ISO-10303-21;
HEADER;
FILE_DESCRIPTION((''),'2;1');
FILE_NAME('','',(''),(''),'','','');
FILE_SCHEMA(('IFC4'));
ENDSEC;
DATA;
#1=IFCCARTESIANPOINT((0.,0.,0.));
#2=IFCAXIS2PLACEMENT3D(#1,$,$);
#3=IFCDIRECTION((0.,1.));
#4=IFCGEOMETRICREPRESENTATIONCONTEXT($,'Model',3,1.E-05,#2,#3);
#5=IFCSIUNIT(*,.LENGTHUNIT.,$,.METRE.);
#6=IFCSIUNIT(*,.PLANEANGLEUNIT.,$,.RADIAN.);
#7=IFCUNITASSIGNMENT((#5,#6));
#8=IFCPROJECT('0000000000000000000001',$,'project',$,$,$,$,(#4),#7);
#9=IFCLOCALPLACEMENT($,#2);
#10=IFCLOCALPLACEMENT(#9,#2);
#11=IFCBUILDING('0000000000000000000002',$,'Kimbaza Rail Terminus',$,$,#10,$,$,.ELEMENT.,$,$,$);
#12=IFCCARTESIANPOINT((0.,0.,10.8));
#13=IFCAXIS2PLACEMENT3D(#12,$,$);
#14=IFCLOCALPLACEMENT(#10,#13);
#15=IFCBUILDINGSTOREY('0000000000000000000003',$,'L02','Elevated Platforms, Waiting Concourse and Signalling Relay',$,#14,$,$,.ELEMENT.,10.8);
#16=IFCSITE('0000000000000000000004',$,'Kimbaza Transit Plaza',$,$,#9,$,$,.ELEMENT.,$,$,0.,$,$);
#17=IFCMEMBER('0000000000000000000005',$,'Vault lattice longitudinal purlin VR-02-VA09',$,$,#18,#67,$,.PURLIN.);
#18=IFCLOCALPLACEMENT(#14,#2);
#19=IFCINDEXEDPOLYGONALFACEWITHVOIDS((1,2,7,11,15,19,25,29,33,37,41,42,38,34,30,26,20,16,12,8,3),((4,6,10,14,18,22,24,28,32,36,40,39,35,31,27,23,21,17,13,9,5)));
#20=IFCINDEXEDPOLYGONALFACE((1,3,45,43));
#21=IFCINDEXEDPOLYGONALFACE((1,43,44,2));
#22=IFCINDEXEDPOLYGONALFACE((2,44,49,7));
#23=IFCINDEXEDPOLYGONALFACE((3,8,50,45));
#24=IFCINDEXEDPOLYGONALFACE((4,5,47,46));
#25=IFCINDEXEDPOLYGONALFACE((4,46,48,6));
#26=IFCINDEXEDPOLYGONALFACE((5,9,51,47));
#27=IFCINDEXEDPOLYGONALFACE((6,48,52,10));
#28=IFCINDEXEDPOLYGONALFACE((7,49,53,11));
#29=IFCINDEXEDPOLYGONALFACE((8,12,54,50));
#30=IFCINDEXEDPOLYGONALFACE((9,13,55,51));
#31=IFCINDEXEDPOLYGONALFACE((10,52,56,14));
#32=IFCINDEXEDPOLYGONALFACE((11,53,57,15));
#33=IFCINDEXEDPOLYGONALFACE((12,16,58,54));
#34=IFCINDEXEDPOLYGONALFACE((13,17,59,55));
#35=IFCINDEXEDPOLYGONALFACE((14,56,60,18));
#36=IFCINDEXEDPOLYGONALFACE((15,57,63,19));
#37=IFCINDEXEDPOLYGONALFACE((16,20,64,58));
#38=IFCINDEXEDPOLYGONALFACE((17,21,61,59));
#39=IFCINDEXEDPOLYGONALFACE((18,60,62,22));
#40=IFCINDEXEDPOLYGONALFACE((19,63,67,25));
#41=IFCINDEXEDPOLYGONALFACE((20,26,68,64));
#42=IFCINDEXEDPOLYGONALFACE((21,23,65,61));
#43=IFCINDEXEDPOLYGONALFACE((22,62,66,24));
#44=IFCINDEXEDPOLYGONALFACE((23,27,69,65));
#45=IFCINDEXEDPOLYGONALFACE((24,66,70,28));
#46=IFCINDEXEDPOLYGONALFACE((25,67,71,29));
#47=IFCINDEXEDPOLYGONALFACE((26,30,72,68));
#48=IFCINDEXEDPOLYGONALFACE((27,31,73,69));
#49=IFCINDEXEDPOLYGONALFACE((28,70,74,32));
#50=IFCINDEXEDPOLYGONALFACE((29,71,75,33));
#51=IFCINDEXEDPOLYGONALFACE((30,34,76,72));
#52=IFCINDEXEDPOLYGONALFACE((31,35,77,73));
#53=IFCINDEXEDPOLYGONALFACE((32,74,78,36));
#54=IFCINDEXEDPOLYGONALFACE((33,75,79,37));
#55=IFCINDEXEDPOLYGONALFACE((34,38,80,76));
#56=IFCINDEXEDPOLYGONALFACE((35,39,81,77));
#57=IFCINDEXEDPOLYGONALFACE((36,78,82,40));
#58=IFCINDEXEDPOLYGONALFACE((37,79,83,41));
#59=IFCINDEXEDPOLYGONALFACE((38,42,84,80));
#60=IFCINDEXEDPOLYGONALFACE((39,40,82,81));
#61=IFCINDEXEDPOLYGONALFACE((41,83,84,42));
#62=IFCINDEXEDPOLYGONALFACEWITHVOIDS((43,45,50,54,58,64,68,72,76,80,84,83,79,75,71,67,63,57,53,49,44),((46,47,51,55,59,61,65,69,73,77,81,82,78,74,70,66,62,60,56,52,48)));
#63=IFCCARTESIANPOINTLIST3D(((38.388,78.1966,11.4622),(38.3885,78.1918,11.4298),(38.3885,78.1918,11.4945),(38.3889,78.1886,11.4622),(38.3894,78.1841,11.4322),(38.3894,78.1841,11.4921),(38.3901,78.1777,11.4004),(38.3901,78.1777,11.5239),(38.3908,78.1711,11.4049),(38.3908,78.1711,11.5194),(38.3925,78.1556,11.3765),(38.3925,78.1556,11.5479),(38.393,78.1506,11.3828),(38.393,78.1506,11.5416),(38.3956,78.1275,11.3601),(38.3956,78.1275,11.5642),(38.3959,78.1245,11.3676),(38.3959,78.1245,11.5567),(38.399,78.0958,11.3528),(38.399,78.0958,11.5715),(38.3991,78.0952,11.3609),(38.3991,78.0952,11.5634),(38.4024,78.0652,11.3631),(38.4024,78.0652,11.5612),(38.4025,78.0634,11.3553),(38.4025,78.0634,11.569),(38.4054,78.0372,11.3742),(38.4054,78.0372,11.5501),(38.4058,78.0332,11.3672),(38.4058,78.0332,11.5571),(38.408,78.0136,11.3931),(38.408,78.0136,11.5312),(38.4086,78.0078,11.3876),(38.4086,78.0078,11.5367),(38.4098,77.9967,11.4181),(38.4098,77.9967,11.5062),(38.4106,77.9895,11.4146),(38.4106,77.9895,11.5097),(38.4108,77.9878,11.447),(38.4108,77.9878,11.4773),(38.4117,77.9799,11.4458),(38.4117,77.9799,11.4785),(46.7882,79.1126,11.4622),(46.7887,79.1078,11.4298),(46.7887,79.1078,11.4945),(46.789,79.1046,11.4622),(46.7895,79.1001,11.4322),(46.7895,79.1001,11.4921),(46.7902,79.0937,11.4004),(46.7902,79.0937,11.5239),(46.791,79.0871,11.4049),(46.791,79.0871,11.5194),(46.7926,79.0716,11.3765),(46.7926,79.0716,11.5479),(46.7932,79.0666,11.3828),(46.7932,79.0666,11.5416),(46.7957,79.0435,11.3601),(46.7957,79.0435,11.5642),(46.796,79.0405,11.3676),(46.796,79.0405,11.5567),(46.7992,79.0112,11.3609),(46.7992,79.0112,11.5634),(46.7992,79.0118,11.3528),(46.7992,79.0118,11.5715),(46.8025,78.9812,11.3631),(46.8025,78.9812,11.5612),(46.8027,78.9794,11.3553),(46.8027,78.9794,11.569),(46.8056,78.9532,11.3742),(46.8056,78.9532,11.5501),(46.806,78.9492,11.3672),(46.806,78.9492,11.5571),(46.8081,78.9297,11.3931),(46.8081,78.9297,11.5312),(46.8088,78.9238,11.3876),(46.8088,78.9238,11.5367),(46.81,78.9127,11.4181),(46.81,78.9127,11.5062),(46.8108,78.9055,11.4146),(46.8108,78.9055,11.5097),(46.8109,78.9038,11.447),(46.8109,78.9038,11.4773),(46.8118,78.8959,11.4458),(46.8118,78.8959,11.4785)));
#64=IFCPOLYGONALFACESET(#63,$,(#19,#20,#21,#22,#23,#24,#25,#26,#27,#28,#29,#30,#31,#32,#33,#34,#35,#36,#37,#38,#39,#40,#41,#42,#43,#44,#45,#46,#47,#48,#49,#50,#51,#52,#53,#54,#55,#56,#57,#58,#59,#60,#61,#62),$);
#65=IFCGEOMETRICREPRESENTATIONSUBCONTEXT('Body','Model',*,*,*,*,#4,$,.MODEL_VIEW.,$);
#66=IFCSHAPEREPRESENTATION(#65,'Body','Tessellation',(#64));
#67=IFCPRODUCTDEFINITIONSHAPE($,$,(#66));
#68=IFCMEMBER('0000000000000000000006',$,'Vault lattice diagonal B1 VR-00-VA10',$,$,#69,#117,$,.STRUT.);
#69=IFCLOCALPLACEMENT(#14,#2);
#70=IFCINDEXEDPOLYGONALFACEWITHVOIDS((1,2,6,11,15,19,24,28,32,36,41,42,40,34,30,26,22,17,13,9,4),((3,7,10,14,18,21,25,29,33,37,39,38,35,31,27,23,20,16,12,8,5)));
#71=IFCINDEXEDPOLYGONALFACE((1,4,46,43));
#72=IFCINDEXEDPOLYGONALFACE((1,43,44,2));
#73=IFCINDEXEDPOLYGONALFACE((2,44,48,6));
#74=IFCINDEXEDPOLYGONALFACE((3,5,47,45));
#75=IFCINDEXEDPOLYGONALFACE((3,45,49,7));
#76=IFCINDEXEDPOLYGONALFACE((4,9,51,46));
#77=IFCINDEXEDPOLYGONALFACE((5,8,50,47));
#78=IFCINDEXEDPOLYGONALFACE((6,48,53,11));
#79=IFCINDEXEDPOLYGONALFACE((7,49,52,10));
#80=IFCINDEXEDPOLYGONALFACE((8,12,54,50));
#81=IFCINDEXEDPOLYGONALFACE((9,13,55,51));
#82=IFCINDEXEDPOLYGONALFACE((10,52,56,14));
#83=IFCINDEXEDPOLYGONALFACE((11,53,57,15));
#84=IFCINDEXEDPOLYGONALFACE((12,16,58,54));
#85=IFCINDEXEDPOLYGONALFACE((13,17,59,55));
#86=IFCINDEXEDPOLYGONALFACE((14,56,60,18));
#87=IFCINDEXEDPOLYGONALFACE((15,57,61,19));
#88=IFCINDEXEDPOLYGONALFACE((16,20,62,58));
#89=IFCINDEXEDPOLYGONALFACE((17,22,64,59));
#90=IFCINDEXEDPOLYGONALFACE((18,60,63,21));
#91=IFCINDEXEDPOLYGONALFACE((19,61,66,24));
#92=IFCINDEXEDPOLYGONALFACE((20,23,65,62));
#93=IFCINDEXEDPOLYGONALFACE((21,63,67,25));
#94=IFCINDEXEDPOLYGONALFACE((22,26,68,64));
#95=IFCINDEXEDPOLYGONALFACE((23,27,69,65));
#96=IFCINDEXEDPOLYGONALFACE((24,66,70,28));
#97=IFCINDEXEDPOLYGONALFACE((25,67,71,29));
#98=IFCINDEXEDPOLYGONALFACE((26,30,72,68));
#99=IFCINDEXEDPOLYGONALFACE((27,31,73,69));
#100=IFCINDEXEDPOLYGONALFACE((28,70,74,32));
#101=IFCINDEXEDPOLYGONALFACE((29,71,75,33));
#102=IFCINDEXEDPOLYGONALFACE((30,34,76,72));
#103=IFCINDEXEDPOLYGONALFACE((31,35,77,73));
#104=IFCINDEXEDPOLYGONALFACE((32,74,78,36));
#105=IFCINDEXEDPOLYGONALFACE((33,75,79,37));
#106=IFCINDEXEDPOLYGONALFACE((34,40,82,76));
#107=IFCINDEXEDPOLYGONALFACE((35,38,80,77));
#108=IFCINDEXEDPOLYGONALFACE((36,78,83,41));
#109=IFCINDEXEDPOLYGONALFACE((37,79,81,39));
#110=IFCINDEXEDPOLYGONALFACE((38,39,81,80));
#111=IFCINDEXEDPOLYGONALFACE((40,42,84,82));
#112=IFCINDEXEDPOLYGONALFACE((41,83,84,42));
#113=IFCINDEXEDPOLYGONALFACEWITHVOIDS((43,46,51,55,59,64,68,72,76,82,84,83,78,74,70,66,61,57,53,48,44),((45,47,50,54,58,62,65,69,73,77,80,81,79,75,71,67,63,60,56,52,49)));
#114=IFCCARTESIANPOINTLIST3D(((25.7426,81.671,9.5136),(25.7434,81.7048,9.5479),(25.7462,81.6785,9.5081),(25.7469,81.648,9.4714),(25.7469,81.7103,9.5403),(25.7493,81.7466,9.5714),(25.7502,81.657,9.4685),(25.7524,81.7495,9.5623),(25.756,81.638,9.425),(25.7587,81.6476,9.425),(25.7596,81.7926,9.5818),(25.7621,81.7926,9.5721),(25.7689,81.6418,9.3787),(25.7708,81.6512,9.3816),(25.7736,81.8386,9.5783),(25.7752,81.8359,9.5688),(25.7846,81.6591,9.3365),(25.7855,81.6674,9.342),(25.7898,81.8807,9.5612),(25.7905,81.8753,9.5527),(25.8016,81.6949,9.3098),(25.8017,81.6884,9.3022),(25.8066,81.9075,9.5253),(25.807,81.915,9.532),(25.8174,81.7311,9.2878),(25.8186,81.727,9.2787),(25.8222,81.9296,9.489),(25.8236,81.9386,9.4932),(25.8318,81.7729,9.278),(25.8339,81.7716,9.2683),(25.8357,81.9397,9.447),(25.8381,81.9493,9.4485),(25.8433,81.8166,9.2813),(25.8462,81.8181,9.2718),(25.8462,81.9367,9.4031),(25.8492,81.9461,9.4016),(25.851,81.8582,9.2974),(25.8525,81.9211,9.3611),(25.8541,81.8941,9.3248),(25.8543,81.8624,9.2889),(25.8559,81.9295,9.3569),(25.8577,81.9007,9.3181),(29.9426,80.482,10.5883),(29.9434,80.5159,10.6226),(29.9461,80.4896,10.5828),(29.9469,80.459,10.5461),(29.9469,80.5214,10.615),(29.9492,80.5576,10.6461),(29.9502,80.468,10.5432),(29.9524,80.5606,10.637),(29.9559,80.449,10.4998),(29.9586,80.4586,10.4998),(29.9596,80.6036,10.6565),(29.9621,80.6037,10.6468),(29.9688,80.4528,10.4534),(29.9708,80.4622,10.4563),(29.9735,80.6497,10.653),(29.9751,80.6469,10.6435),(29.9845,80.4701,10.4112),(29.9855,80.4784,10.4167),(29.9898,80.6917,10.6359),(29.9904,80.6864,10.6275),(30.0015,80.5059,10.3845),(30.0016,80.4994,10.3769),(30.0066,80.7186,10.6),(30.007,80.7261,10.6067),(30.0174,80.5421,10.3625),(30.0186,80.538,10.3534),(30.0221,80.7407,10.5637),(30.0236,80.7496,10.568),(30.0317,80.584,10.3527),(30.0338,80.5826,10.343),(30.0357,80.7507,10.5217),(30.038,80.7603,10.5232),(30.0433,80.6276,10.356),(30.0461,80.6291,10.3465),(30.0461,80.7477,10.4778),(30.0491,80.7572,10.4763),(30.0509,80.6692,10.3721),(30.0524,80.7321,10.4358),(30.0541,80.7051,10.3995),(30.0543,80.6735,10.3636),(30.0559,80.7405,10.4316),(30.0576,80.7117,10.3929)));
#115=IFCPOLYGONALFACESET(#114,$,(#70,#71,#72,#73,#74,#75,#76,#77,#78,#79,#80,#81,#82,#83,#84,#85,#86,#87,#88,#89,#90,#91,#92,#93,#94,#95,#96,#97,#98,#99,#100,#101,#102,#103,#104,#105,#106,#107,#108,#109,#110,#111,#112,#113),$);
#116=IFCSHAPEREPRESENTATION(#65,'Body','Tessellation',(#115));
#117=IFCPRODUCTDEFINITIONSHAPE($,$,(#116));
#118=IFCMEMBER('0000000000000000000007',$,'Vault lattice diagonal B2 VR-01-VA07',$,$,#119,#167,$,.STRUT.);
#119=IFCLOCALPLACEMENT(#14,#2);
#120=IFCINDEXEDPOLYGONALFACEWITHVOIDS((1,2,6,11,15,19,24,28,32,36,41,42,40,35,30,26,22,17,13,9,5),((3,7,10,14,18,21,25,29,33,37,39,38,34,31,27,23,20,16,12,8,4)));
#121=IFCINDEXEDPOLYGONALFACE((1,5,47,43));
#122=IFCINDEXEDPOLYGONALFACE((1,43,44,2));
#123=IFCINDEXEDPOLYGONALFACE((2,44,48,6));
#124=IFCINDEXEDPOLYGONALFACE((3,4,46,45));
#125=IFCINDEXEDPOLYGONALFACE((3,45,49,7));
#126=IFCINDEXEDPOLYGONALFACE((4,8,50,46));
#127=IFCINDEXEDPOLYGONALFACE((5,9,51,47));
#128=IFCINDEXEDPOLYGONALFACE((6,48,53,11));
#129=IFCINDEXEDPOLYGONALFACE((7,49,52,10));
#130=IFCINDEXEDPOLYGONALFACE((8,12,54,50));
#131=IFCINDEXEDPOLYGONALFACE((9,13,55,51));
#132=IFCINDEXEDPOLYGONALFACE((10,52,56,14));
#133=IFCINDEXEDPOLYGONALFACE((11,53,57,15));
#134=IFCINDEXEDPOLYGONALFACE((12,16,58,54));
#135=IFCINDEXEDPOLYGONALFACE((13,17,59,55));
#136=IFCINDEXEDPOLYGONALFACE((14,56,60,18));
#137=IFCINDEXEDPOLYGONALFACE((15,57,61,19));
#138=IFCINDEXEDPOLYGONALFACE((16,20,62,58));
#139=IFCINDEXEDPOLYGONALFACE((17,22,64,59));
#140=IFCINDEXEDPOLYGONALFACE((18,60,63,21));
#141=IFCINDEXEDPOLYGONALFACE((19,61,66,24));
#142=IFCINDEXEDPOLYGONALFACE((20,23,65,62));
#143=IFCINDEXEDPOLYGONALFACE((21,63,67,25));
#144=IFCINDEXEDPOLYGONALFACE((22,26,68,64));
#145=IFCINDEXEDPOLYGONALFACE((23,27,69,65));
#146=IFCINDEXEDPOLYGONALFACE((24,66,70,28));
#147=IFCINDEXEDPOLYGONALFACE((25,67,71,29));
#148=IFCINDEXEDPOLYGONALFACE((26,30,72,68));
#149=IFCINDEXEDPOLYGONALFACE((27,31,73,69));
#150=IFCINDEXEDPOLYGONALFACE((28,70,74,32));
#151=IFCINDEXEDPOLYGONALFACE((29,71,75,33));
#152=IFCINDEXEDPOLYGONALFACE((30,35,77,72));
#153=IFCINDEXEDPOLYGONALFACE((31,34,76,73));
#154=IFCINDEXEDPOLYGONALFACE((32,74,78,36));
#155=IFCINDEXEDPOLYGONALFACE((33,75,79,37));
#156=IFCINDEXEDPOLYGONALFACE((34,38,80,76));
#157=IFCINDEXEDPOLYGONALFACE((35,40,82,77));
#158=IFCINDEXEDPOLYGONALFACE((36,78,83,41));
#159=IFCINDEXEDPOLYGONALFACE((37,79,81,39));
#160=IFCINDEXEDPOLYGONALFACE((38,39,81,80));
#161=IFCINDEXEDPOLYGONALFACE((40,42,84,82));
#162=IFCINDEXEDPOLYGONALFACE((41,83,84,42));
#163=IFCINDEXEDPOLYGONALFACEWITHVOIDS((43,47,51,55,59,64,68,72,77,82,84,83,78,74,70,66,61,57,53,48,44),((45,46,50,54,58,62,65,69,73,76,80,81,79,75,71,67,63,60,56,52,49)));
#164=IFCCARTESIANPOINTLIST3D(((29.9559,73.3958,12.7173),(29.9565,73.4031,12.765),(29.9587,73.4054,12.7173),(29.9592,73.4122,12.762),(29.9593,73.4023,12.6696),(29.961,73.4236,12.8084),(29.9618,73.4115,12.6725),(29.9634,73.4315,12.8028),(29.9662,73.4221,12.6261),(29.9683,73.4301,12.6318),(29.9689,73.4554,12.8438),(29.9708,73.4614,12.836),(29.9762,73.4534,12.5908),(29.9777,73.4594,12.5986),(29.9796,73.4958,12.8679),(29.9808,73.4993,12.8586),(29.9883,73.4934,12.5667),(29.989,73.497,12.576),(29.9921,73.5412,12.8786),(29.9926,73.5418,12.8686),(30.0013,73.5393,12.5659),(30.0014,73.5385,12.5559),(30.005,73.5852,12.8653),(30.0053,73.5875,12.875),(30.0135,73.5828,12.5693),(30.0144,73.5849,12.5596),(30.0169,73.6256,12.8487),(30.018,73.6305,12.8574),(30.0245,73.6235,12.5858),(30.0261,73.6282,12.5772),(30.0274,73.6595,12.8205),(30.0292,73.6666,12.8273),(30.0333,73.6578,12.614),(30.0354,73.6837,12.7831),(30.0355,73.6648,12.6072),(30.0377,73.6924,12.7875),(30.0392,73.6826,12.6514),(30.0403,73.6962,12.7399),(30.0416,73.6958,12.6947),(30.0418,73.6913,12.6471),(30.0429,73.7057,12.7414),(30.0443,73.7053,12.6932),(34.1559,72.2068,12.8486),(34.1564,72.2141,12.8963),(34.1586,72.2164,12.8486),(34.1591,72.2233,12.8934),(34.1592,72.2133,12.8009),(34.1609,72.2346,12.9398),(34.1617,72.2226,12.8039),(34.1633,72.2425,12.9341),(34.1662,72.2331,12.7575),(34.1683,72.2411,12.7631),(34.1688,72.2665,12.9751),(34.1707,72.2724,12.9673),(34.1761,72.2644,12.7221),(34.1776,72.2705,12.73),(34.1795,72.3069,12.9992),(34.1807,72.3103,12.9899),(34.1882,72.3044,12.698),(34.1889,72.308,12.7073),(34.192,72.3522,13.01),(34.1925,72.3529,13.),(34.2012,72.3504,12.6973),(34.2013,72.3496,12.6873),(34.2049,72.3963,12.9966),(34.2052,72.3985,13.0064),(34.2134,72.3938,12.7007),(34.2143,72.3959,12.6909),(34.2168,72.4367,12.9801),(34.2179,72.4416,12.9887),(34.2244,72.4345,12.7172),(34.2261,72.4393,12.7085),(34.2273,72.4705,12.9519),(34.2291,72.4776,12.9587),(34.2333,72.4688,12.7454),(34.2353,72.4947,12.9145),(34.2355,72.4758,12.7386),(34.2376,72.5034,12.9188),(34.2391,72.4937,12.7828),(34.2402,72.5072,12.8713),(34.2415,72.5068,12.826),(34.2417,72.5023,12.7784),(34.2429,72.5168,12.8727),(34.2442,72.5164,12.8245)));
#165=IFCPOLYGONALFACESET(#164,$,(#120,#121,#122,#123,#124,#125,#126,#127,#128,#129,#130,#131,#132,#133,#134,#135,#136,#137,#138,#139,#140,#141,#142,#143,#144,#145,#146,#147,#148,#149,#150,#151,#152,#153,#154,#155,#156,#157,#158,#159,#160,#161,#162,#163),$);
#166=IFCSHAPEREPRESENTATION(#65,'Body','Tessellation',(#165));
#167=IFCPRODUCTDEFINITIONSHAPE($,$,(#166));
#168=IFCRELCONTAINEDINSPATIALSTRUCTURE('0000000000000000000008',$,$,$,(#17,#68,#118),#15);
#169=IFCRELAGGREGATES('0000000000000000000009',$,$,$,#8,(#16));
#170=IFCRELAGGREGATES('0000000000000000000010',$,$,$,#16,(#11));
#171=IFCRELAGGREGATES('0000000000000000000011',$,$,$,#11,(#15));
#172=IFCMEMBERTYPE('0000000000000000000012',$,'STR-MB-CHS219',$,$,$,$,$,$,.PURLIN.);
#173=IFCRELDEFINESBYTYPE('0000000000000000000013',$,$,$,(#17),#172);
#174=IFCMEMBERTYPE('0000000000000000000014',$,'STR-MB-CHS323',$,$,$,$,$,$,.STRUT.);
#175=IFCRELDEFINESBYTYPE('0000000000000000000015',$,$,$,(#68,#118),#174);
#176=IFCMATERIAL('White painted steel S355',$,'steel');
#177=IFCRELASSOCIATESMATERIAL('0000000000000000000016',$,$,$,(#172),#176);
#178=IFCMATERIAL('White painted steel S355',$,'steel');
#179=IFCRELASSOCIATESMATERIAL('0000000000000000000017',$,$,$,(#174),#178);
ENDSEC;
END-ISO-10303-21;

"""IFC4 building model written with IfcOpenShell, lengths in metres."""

from ifc_helpers import new_model, si_unit, direction, frame, origin, origin_2d, place, context, subcontext, project, spatial, hollow_circle, extrude, material, material_profile, profile_set, type_object, element, save


model = new_model("IFC4")

# Units and contexts
model_context = context("Model", 3, precision=1e-05, world=origin(), true_north=direction((0.0, 1.0)))
body_context = subcontext(model_context, "Body", "Model", "MODEL_VIEW")
ifc_project = project(units=[si_unit("LENGTHUNIT", "METRE"), si_unit("PLANEANGLEUNIT", "RADIAN")], contexts=[model_context])

# Site, building, storey
site_placement = place(None, origin())
site = spatial("IfcSite", under=ifc_project, at=site_placement, Name="Kimbaza Transit Plaza", CompositionType="ELEMENT", RefElevation=0.0)
building_placement = place(site_placement, origin())
building = spatial("IfcBuilding", under=site, at=building_placement, Name="Kimbaza Rail Terminus", CompositionType="ELEMENT")
storey_placement = place(building_placement, frame((0.0, 0.0, 10.8)))
storey = spatial("IfcBuildingStorey", under=building, at=storey_placement, Name="L02", Description="Elevated Platforms, Waiting Concourse and Signalling Relay", CompositionType="ELEMENT", Elevation=10.8)

# Members
ifc_material_1 = material(Name="White painted steel S355", Category="steel")
ifc_material_profile_1 = material_profile(ifc_material_1, hollow_circle(Radius=0.1096, WallThickness=0.0081, at=origin_2d()), Name="CHS 219.1x8")
ifc_profile_set_1 = profile_set([ifc_material_profile_1], Name="White painted steel S355")
member_type_1 = type_object("IfcMemberType", Name="STR-MB-CHS219", PredefinedType="PURLIN", material=ifc_profile_set_1)
for number, where, z_axis, x_axis, name in (
    (1, (38.3999, 78.0876, 11.4622), (0.994107, 0.108405, 0.0), (-0.108405, 0.994107, 0.0), "Vault lattice longitudinal purlin VR-02-VA09"),
):
    element("IfcMember", number, at=place(storey_placement, frame(where, z_axis=z_axis, x_axis=x_axis)), inside=storey, type_object=member_type_1, Name=name, PredefinedType="PURLIN", context=body_context, shape_type="SweptSolid", body=[
        extrude(hollow_circle(Radius=0.1096, WallThickness=0.0081, at=origin_2d()), origin(), (0.0, 0.0, 1.0), 8.45),
    ])
ifc_material_2 = material(Name="White painted steel S355", Category="steel")
ifc_material_profile_2 = material_profile(ifc_material_2, hollow_circle(Radius=0.1619, WallThickness=0.01, at=origin_2d()), Name="CHS 323.9x10")
ifc_profile_set_2 = profile_set([ifc_material_profile_2], Name="White painted steel S355")
member_type_2 = type_object("IfcMemberType", Name="STR-MB-CHS323", PredefinedType="STRUT", material=ifc_profile_set_2)
member_1_placement = place(storey_placement, frame((30.0, 80.6047, 10.4998), z_axis=(-0.934287, 0.264487, -0.239071), x_axis=(-0.272386, -0.962188, 0.0)))
element("IfcMember", 2, at=member_1_placement, inside=storey, type_object=member_type_2, Name="Vault lattice diagonal B1 VR-00-VA10", PredefinedType="STRUT", context=body_context, shape_type="SweptSolid", body=[
    extrude(hollow_circle(Radius=0.1619, WallThickness=0.01, at=origin_2d()), origin(), (0.0, 0.0, 1.0), 4.4954),
])
member_2_placement = place(storey_placement, frame((34.2, 72.3625, 12.8486), z_axis=(-0.961753, 0.272263, -0.030077), x_axis=(-0.272386, -0.962188, 0.0)))
element("IfcMember", 3, at=member_2_placement, inside=storey, type_object=member_type_2, Name="Vault lattice diagonal B2 VR-01-VA07", PredefinedType="STRUT", context=body_context, shape_type="SweptSolid", body=[
    extrude(hollow_circle(Radius=0.1619, WallThickness=0.01, at=origin_2d()), origin(), (0.0, 0.0, 1.0), 4.3669),
])

save(model, "model.ifc")
